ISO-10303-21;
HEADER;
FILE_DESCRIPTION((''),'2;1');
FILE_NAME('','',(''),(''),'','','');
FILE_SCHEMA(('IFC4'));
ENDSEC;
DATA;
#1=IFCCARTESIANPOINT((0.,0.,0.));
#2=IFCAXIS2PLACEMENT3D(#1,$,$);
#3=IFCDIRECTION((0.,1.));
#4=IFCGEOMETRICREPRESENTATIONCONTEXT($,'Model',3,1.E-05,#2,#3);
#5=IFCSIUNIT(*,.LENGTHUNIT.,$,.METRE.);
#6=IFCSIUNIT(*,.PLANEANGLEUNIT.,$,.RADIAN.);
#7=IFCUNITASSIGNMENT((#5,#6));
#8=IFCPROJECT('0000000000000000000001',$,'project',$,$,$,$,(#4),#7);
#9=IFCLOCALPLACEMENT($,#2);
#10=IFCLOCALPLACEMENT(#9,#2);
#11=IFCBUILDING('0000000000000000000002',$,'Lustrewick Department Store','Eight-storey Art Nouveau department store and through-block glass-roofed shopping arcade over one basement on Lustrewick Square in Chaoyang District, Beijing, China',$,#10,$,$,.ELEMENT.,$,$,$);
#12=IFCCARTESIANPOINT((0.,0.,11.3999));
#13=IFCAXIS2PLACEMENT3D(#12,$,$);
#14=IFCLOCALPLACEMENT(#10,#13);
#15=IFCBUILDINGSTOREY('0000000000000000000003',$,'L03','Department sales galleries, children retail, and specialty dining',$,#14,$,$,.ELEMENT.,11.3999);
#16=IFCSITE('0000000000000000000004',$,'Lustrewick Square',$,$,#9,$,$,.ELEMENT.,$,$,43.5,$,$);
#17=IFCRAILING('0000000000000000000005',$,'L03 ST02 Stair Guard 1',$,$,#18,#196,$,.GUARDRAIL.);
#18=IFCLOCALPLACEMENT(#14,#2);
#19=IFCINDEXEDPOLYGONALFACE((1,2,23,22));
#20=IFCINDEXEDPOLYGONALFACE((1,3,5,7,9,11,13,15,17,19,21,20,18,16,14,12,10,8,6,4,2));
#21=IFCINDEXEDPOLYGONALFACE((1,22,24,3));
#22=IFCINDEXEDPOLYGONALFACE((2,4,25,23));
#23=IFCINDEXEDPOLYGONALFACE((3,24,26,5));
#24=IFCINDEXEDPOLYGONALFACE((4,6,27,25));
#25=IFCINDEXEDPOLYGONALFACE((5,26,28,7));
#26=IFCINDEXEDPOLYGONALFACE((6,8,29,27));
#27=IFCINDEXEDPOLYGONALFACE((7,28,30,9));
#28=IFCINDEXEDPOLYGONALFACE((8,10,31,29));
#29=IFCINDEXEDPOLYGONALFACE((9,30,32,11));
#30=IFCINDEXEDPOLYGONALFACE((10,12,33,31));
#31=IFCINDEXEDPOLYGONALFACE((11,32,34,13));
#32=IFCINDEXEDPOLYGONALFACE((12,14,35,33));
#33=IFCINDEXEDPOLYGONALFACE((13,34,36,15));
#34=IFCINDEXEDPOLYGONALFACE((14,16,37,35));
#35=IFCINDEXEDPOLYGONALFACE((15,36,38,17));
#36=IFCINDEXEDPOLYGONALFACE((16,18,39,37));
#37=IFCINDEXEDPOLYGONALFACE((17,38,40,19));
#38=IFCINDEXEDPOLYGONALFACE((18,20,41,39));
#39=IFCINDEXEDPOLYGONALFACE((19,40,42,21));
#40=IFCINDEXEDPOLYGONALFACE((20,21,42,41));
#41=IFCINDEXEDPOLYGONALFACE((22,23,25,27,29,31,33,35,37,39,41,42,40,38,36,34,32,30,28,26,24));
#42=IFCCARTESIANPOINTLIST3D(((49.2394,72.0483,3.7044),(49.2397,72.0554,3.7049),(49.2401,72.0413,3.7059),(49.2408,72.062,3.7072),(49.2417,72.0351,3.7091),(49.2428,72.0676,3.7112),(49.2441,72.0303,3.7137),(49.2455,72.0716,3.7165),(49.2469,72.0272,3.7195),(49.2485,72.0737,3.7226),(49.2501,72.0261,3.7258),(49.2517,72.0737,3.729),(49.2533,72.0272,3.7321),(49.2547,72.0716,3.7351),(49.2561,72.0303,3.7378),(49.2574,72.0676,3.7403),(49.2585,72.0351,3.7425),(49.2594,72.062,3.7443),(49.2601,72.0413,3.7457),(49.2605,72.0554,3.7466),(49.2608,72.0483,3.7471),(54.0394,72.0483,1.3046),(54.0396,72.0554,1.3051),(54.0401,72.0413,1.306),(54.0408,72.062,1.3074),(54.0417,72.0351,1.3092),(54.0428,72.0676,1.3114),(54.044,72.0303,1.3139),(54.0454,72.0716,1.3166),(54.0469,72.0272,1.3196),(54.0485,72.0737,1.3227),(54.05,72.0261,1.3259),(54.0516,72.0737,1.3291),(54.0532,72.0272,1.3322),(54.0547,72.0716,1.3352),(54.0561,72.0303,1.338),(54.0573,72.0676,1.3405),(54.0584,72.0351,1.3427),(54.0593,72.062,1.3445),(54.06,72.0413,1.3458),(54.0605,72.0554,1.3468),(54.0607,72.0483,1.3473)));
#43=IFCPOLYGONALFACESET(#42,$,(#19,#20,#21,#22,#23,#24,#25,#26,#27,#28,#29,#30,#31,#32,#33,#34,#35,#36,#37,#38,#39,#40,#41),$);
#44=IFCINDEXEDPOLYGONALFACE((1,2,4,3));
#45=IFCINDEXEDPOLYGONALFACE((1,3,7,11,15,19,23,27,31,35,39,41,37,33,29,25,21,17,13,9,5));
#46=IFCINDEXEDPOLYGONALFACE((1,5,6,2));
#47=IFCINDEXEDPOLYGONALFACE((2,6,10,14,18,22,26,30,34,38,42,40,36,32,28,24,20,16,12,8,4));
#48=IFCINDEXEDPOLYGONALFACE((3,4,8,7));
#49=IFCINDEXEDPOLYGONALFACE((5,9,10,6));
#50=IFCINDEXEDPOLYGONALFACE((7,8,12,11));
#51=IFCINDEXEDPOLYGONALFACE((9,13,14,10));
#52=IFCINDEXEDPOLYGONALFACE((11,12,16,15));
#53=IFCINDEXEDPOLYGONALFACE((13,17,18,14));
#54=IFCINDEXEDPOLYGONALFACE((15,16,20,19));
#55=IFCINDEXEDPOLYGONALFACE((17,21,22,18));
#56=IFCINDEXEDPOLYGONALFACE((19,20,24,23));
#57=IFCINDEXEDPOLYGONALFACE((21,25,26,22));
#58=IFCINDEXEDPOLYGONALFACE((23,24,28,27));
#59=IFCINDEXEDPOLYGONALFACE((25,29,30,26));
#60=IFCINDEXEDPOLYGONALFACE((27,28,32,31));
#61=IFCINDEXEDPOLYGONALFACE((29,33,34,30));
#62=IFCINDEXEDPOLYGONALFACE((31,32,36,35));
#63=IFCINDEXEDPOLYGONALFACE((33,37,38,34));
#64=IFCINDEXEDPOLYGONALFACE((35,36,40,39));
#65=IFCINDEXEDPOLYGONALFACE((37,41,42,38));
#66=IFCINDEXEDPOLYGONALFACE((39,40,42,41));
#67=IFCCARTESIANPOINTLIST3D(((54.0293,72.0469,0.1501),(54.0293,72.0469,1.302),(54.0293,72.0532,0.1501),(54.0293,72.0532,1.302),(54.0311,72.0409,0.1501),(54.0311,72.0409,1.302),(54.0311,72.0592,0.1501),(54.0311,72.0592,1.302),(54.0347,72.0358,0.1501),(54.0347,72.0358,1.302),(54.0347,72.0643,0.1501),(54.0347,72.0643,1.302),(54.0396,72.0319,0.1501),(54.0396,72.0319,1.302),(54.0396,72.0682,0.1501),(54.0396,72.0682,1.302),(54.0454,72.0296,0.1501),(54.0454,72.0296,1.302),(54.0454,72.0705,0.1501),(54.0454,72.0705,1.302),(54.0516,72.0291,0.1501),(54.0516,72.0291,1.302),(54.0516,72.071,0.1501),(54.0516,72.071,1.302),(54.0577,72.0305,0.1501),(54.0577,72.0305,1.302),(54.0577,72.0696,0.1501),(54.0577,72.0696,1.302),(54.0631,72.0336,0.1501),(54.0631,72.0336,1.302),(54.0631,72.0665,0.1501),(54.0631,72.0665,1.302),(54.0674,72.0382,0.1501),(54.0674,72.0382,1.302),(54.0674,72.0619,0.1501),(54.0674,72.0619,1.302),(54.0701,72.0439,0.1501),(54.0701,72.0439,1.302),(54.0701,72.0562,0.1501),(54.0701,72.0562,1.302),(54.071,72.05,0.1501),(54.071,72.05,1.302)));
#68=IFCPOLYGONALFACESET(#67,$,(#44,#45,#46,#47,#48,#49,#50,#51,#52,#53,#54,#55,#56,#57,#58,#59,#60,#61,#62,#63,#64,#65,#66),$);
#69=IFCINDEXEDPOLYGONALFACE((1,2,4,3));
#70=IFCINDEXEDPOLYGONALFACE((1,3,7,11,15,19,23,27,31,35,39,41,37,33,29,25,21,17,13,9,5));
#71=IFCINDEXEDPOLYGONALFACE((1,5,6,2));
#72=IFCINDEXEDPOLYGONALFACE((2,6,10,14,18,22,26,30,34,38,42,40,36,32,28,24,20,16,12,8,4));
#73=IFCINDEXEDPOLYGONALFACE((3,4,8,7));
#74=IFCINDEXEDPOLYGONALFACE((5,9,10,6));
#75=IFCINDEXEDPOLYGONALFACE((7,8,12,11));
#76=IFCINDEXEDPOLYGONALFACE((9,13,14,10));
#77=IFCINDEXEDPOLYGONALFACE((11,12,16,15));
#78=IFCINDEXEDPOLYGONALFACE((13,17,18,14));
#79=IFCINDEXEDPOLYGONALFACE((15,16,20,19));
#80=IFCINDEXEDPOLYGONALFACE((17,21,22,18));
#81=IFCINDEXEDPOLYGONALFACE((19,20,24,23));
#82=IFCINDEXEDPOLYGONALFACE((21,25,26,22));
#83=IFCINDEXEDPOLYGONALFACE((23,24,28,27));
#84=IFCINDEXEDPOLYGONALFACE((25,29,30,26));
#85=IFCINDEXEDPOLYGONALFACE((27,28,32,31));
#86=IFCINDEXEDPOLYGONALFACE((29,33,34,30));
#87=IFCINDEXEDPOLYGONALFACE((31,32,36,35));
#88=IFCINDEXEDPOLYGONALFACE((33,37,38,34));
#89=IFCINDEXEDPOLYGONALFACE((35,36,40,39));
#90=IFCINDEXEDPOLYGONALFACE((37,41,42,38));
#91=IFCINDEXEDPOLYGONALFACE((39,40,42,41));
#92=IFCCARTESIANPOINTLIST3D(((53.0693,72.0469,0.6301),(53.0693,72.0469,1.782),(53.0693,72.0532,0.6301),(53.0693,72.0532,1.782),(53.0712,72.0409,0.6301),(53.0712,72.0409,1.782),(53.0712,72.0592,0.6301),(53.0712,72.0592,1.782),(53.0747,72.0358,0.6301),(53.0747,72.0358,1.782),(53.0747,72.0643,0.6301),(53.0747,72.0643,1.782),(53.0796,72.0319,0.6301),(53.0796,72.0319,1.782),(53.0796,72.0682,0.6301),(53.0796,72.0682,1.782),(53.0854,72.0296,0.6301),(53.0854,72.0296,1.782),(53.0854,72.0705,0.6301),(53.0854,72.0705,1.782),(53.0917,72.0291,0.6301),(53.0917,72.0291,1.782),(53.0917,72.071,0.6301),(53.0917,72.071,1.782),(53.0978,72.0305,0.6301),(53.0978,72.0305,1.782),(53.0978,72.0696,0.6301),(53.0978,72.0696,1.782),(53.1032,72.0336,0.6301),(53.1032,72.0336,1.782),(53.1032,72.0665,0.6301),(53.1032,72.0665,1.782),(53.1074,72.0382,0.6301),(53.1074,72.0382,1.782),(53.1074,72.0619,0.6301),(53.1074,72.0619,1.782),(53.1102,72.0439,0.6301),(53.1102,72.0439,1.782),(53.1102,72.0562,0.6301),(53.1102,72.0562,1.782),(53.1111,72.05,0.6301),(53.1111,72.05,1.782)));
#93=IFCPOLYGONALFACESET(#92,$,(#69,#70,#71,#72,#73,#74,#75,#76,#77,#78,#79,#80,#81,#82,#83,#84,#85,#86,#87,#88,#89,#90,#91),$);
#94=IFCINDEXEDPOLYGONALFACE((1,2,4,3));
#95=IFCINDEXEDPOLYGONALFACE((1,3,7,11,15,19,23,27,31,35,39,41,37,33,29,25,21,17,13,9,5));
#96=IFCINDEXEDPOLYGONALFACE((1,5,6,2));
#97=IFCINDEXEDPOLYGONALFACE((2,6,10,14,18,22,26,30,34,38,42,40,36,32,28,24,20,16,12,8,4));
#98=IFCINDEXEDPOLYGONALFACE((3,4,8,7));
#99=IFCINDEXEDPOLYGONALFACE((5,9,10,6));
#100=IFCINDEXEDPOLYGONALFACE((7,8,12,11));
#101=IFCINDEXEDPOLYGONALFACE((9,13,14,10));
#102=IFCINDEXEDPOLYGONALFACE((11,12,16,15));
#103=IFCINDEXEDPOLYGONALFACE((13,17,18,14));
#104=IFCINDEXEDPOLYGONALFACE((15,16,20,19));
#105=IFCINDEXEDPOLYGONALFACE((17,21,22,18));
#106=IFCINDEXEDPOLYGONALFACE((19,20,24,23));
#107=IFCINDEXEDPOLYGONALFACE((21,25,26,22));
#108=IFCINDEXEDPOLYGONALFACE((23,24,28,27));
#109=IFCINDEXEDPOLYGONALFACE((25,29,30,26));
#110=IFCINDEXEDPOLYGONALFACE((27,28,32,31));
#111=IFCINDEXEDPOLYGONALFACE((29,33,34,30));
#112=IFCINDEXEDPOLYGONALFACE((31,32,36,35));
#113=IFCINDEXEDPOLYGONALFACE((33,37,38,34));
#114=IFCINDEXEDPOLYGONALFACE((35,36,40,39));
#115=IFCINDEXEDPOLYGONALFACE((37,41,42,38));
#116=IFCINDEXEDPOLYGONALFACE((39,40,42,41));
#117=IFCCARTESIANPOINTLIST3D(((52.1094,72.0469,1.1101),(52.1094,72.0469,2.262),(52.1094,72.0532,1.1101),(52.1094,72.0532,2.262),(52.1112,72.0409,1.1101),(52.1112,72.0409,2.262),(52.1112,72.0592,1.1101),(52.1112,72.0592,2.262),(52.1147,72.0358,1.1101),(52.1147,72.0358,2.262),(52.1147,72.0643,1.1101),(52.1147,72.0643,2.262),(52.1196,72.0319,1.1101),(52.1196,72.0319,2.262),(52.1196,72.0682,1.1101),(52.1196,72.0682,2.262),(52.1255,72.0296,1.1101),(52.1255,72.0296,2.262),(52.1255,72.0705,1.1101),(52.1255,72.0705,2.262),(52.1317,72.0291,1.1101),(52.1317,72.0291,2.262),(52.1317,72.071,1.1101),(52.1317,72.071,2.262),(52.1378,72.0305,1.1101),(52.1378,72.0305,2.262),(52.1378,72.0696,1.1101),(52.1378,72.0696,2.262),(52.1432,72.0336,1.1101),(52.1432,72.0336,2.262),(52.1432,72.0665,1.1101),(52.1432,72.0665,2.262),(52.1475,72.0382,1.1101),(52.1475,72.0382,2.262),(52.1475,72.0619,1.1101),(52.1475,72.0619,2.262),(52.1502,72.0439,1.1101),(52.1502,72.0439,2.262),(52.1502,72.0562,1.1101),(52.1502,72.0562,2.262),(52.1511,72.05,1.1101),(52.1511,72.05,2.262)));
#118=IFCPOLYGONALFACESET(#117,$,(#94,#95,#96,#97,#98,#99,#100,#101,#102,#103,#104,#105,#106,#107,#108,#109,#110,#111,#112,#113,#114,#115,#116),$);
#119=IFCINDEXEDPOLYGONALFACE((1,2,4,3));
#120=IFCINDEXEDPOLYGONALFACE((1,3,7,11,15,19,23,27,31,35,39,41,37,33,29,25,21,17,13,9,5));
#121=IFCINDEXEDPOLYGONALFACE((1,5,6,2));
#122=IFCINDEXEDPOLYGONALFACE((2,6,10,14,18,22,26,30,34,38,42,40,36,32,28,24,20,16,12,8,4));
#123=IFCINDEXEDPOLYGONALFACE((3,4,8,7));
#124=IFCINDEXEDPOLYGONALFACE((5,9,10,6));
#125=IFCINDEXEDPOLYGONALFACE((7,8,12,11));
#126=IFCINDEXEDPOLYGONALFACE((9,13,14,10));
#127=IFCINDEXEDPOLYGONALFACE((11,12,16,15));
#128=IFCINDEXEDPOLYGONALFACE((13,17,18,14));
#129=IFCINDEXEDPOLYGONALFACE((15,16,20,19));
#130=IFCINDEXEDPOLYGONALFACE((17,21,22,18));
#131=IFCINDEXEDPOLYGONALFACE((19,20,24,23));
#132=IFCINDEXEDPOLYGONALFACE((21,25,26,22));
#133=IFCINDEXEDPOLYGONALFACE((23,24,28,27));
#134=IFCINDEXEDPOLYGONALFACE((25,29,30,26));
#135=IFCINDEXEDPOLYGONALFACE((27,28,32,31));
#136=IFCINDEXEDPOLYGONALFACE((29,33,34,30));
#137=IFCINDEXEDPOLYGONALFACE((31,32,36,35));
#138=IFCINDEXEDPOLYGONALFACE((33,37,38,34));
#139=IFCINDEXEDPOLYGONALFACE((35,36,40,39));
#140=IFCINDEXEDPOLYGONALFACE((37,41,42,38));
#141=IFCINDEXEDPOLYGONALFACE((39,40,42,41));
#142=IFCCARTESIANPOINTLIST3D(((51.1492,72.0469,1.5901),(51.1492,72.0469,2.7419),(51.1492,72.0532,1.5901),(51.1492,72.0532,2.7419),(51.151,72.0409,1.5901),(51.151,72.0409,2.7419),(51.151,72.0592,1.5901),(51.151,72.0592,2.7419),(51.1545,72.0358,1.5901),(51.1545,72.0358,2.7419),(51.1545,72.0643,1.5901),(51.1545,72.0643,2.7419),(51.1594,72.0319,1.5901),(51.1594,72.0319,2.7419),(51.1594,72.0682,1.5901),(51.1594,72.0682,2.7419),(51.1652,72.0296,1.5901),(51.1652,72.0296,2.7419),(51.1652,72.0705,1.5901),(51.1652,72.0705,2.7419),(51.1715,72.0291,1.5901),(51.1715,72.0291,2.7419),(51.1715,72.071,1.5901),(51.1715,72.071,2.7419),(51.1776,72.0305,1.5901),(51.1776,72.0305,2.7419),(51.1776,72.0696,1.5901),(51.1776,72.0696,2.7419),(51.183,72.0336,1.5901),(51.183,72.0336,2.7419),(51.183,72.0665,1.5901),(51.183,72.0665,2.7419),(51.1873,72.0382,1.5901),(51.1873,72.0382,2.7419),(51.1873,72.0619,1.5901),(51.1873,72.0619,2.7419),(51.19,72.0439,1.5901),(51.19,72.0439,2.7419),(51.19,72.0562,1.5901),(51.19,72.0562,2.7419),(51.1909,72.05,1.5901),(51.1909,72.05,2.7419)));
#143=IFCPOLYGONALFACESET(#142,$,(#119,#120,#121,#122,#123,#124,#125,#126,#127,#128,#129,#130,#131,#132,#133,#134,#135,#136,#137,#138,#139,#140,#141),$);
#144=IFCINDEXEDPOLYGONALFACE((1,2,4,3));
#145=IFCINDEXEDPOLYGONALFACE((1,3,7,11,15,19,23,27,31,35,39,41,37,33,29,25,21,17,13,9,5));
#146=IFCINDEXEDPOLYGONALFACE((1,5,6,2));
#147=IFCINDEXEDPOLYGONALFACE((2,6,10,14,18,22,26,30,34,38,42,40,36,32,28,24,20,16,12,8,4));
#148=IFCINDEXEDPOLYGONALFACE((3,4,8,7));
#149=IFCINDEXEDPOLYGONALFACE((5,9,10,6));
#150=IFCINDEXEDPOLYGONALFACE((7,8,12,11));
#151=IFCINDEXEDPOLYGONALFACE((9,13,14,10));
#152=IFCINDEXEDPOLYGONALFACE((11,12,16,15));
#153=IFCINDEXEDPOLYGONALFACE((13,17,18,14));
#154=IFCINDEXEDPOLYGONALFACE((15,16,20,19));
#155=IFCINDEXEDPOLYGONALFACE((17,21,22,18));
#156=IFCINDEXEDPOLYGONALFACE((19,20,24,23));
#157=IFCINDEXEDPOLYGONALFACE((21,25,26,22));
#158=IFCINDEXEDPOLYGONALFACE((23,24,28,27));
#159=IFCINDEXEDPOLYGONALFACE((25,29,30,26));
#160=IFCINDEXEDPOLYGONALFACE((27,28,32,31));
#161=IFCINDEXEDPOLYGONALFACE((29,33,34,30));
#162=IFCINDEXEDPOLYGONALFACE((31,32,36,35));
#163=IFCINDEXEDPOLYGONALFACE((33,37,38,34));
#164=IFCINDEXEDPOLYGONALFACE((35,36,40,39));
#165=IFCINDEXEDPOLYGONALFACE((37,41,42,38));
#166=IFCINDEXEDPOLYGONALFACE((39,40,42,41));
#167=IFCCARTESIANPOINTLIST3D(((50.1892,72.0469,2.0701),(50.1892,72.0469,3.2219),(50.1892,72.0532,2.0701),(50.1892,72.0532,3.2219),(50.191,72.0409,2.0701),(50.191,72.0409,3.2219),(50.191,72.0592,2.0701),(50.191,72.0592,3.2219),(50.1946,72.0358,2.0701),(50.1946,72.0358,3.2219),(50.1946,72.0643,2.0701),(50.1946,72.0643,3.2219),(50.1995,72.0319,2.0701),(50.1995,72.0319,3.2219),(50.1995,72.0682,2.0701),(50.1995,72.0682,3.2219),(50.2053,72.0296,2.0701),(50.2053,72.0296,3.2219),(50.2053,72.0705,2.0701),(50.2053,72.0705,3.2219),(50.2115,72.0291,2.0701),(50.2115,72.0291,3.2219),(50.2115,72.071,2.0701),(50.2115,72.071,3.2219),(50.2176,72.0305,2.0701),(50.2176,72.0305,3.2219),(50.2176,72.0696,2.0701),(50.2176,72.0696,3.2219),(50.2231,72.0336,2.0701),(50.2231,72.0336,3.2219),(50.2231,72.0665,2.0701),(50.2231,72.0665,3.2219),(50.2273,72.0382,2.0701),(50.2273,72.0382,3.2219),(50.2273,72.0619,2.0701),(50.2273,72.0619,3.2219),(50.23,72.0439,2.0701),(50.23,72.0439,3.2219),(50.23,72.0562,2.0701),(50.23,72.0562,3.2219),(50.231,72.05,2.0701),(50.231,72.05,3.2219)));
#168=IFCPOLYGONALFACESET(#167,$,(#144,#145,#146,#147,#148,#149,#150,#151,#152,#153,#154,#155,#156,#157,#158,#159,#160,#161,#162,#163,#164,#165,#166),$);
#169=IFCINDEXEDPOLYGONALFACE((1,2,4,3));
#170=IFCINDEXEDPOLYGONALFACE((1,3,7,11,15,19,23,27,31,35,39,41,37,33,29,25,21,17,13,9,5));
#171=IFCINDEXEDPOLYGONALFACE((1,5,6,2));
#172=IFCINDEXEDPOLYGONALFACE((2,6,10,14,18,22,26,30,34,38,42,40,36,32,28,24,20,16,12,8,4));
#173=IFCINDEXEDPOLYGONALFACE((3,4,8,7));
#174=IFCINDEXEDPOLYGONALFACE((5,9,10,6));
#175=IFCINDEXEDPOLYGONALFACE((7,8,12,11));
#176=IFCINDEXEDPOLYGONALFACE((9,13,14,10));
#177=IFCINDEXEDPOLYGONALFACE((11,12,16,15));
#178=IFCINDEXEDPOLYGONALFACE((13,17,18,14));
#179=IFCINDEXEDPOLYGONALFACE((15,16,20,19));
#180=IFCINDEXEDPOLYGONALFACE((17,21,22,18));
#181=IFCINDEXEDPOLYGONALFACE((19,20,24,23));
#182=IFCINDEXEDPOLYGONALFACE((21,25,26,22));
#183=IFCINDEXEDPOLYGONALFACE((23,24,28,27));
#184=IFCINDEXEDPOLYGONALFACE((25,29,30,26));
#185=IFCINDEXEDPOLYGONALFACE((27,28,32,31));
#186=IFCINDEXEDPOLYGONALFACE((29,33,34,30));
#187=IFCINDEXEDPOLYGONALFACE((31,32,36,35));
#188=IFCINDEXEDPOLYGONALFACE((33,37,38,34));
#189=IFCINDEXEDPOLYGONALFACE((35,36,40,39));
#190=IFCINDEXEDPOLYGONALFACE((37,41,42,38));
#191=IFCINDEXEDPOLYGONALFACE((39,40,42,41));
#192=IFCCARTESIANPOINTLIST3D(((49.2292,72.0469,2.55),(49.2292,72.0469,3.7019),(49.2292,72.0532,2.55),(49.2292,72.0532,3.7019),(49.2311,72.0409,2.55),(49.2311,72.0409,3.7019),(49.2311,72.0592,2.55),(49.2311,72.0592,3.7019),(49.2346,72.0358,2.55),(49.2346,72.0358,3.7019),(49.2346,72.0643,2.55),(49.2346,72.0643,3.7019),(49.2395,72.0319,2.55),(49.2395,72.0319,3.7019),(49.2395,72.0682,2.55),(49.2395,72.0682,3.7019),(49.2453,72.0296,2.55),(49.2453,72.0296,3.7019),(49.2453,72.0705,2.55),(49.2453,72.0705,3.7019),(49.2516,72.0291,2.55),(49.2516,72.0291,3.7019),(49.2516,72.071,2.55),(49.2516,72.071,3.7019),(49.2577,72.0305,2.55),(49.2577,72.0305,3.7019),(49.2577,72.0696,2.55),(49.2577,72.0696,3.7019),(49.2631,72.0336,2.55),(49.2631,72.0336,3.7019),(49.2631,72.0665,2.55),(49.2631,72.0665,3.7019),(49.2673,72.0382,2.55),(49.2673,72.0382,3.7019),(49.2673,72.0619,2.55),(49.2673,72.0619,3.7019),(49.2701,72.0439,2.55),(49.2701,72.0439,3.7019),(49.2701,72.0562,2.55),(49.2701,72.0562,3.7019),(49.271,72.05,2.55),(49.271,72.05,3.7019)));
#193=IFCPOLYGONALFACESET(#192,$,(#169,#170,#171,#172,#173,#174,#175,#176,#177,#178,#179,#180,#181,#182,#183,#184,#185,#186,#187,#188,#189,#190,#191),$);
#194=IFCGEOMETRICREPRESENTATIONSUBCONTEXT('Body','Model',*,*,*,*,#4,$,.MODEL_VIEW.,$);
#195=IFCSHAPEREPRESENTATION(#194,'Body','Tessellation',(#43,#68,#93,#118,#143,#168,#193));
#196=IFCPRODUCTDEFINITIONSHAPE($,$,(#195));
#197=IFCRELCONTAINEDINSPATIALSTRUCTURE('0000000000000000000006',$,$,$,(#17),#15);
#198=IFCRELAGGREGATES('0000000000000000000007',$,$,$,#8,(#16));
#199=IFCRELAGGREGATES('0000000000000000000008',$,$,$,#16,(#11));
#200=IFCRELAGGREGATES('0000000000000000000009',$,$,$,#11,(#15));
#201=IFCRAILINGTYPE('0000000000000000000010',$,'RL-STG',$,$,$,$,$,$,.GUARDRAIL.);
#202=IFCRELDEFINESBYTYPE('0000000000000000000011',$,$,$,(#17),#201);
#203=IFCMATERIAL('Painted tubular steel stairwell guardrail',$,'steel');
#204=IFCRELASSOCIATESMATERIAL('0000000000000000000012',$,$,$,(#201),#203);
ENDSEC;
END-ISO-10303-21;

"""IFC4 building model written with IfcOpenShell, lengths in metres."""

from ifc_helpers import new_model, si_unit, direction, frame, origin, origin_2d, place, context, subcontext, project, spatial, circle, extrude, material, type_object, element, save


model = new_model("IFC4")

# Units and contexts
model_context = context("Model", 3, precision=1e-05, world=origin(), true_north=direction((0.0, 1.0)))
body_context = subcontext(model_context, "Body", "Model", "MODEL_VIEW")
ifc_project = project(units=[si_unit("LENGTHUNIT", "METRE"), si_unit("PLANEANGLEUNIT", "RADIAN")], contexts=[model_context])

# Site, building, storey
site_placement = place(None, origin())
site = spatial("IfcSite", under=ifc_project, at=site_placement, Name="Lustrewick Square", CompositionType="ELEMENT", RefElevation=43.5)
building_placement = place(site_placement, origin())
building = spatial("IfcBuilding", under=site, at=building_placement, Name="Lustrewick Department Store", Description="Eight-storey Art Nouveau department store and through-block glass-roofed shopping arcade over one basement on Lustrewick Square in Chaoyang District, Beijing, China", CompositionType="ELEMENT")
storey_placement = place(building_placement, frame((0.0, 0.0, 11.3999)))
storey = spatial("IfcBuildingStorey", under=building, at=storey_placement, Name="L03", Description="Department sales galleries, children retail, and specialty dining", CompositionType="ELEMENT", Elevation=11.3999)

# Railing
ifc_material_1 = material(Name="Painted tubular steel stairwell guardrail", Category="steel")
railing_type_1 = type_object("IfcRailingType", Name="RL-STG", PredefinedType="GUARDRAIL", material=ifc_material_1)
railing_1_placement = place(storey_placement, frame((54.05, 72.05, 0.1501)))
element("IfcRailing", 1, at=railing_1_placement, inside=storey, type_object=railing_type_1, Name="L03 ST02 Stair Guard 1", PredefinedType="GUARDRAIL", context=body_context, shape_type="SweptSolid", body=[
    extrude(circle(Radius=0.0239, at=origin_2d()), frame((0.0, 0.0, 1.1758), z_axis=(-0.894436, 0.0, 0.447195), x_axis=(0.0, -1.0, 0.0)), (0.0, 0.0, 1.0), 5.3665),
    extrude(circle(Radius=0.021, at=origin_2d()), origin(), (0.0, 0.0, 1.0), 1.1519),
    extrude(circle(Radius=0.021, at=origin_2d()), frame((-0.96, 0.0, 0.48)), (0.0, 0.0, 1.0), 1.1519),
    extrude(circle(Radius=0.021, at=origin_2d()), frame((-1.9199, 0.0, 0.96)), (0.0, 0.0, 1.0), 1.1519),
    extrude(circle(Radius=0.021, at=origin_2d()), frame((-2.8801, 0.0, 1.4399)), (0.0, 0.0, 1.0), 1.1519),
    extrude(circle(Radius=0.021, at=origin_2d()), frame((-3.8401, 0.0, 1.9199)), (0.0, 0.0, 1.0), 1.1519),
    extrude(circle(Radius=0.021, at=origin_2d()), frame((-4.8, 0.0, 2.3999)), (0.0, 0.0, 1.0), 1.1519),
])

save(model, "model.ifc")
